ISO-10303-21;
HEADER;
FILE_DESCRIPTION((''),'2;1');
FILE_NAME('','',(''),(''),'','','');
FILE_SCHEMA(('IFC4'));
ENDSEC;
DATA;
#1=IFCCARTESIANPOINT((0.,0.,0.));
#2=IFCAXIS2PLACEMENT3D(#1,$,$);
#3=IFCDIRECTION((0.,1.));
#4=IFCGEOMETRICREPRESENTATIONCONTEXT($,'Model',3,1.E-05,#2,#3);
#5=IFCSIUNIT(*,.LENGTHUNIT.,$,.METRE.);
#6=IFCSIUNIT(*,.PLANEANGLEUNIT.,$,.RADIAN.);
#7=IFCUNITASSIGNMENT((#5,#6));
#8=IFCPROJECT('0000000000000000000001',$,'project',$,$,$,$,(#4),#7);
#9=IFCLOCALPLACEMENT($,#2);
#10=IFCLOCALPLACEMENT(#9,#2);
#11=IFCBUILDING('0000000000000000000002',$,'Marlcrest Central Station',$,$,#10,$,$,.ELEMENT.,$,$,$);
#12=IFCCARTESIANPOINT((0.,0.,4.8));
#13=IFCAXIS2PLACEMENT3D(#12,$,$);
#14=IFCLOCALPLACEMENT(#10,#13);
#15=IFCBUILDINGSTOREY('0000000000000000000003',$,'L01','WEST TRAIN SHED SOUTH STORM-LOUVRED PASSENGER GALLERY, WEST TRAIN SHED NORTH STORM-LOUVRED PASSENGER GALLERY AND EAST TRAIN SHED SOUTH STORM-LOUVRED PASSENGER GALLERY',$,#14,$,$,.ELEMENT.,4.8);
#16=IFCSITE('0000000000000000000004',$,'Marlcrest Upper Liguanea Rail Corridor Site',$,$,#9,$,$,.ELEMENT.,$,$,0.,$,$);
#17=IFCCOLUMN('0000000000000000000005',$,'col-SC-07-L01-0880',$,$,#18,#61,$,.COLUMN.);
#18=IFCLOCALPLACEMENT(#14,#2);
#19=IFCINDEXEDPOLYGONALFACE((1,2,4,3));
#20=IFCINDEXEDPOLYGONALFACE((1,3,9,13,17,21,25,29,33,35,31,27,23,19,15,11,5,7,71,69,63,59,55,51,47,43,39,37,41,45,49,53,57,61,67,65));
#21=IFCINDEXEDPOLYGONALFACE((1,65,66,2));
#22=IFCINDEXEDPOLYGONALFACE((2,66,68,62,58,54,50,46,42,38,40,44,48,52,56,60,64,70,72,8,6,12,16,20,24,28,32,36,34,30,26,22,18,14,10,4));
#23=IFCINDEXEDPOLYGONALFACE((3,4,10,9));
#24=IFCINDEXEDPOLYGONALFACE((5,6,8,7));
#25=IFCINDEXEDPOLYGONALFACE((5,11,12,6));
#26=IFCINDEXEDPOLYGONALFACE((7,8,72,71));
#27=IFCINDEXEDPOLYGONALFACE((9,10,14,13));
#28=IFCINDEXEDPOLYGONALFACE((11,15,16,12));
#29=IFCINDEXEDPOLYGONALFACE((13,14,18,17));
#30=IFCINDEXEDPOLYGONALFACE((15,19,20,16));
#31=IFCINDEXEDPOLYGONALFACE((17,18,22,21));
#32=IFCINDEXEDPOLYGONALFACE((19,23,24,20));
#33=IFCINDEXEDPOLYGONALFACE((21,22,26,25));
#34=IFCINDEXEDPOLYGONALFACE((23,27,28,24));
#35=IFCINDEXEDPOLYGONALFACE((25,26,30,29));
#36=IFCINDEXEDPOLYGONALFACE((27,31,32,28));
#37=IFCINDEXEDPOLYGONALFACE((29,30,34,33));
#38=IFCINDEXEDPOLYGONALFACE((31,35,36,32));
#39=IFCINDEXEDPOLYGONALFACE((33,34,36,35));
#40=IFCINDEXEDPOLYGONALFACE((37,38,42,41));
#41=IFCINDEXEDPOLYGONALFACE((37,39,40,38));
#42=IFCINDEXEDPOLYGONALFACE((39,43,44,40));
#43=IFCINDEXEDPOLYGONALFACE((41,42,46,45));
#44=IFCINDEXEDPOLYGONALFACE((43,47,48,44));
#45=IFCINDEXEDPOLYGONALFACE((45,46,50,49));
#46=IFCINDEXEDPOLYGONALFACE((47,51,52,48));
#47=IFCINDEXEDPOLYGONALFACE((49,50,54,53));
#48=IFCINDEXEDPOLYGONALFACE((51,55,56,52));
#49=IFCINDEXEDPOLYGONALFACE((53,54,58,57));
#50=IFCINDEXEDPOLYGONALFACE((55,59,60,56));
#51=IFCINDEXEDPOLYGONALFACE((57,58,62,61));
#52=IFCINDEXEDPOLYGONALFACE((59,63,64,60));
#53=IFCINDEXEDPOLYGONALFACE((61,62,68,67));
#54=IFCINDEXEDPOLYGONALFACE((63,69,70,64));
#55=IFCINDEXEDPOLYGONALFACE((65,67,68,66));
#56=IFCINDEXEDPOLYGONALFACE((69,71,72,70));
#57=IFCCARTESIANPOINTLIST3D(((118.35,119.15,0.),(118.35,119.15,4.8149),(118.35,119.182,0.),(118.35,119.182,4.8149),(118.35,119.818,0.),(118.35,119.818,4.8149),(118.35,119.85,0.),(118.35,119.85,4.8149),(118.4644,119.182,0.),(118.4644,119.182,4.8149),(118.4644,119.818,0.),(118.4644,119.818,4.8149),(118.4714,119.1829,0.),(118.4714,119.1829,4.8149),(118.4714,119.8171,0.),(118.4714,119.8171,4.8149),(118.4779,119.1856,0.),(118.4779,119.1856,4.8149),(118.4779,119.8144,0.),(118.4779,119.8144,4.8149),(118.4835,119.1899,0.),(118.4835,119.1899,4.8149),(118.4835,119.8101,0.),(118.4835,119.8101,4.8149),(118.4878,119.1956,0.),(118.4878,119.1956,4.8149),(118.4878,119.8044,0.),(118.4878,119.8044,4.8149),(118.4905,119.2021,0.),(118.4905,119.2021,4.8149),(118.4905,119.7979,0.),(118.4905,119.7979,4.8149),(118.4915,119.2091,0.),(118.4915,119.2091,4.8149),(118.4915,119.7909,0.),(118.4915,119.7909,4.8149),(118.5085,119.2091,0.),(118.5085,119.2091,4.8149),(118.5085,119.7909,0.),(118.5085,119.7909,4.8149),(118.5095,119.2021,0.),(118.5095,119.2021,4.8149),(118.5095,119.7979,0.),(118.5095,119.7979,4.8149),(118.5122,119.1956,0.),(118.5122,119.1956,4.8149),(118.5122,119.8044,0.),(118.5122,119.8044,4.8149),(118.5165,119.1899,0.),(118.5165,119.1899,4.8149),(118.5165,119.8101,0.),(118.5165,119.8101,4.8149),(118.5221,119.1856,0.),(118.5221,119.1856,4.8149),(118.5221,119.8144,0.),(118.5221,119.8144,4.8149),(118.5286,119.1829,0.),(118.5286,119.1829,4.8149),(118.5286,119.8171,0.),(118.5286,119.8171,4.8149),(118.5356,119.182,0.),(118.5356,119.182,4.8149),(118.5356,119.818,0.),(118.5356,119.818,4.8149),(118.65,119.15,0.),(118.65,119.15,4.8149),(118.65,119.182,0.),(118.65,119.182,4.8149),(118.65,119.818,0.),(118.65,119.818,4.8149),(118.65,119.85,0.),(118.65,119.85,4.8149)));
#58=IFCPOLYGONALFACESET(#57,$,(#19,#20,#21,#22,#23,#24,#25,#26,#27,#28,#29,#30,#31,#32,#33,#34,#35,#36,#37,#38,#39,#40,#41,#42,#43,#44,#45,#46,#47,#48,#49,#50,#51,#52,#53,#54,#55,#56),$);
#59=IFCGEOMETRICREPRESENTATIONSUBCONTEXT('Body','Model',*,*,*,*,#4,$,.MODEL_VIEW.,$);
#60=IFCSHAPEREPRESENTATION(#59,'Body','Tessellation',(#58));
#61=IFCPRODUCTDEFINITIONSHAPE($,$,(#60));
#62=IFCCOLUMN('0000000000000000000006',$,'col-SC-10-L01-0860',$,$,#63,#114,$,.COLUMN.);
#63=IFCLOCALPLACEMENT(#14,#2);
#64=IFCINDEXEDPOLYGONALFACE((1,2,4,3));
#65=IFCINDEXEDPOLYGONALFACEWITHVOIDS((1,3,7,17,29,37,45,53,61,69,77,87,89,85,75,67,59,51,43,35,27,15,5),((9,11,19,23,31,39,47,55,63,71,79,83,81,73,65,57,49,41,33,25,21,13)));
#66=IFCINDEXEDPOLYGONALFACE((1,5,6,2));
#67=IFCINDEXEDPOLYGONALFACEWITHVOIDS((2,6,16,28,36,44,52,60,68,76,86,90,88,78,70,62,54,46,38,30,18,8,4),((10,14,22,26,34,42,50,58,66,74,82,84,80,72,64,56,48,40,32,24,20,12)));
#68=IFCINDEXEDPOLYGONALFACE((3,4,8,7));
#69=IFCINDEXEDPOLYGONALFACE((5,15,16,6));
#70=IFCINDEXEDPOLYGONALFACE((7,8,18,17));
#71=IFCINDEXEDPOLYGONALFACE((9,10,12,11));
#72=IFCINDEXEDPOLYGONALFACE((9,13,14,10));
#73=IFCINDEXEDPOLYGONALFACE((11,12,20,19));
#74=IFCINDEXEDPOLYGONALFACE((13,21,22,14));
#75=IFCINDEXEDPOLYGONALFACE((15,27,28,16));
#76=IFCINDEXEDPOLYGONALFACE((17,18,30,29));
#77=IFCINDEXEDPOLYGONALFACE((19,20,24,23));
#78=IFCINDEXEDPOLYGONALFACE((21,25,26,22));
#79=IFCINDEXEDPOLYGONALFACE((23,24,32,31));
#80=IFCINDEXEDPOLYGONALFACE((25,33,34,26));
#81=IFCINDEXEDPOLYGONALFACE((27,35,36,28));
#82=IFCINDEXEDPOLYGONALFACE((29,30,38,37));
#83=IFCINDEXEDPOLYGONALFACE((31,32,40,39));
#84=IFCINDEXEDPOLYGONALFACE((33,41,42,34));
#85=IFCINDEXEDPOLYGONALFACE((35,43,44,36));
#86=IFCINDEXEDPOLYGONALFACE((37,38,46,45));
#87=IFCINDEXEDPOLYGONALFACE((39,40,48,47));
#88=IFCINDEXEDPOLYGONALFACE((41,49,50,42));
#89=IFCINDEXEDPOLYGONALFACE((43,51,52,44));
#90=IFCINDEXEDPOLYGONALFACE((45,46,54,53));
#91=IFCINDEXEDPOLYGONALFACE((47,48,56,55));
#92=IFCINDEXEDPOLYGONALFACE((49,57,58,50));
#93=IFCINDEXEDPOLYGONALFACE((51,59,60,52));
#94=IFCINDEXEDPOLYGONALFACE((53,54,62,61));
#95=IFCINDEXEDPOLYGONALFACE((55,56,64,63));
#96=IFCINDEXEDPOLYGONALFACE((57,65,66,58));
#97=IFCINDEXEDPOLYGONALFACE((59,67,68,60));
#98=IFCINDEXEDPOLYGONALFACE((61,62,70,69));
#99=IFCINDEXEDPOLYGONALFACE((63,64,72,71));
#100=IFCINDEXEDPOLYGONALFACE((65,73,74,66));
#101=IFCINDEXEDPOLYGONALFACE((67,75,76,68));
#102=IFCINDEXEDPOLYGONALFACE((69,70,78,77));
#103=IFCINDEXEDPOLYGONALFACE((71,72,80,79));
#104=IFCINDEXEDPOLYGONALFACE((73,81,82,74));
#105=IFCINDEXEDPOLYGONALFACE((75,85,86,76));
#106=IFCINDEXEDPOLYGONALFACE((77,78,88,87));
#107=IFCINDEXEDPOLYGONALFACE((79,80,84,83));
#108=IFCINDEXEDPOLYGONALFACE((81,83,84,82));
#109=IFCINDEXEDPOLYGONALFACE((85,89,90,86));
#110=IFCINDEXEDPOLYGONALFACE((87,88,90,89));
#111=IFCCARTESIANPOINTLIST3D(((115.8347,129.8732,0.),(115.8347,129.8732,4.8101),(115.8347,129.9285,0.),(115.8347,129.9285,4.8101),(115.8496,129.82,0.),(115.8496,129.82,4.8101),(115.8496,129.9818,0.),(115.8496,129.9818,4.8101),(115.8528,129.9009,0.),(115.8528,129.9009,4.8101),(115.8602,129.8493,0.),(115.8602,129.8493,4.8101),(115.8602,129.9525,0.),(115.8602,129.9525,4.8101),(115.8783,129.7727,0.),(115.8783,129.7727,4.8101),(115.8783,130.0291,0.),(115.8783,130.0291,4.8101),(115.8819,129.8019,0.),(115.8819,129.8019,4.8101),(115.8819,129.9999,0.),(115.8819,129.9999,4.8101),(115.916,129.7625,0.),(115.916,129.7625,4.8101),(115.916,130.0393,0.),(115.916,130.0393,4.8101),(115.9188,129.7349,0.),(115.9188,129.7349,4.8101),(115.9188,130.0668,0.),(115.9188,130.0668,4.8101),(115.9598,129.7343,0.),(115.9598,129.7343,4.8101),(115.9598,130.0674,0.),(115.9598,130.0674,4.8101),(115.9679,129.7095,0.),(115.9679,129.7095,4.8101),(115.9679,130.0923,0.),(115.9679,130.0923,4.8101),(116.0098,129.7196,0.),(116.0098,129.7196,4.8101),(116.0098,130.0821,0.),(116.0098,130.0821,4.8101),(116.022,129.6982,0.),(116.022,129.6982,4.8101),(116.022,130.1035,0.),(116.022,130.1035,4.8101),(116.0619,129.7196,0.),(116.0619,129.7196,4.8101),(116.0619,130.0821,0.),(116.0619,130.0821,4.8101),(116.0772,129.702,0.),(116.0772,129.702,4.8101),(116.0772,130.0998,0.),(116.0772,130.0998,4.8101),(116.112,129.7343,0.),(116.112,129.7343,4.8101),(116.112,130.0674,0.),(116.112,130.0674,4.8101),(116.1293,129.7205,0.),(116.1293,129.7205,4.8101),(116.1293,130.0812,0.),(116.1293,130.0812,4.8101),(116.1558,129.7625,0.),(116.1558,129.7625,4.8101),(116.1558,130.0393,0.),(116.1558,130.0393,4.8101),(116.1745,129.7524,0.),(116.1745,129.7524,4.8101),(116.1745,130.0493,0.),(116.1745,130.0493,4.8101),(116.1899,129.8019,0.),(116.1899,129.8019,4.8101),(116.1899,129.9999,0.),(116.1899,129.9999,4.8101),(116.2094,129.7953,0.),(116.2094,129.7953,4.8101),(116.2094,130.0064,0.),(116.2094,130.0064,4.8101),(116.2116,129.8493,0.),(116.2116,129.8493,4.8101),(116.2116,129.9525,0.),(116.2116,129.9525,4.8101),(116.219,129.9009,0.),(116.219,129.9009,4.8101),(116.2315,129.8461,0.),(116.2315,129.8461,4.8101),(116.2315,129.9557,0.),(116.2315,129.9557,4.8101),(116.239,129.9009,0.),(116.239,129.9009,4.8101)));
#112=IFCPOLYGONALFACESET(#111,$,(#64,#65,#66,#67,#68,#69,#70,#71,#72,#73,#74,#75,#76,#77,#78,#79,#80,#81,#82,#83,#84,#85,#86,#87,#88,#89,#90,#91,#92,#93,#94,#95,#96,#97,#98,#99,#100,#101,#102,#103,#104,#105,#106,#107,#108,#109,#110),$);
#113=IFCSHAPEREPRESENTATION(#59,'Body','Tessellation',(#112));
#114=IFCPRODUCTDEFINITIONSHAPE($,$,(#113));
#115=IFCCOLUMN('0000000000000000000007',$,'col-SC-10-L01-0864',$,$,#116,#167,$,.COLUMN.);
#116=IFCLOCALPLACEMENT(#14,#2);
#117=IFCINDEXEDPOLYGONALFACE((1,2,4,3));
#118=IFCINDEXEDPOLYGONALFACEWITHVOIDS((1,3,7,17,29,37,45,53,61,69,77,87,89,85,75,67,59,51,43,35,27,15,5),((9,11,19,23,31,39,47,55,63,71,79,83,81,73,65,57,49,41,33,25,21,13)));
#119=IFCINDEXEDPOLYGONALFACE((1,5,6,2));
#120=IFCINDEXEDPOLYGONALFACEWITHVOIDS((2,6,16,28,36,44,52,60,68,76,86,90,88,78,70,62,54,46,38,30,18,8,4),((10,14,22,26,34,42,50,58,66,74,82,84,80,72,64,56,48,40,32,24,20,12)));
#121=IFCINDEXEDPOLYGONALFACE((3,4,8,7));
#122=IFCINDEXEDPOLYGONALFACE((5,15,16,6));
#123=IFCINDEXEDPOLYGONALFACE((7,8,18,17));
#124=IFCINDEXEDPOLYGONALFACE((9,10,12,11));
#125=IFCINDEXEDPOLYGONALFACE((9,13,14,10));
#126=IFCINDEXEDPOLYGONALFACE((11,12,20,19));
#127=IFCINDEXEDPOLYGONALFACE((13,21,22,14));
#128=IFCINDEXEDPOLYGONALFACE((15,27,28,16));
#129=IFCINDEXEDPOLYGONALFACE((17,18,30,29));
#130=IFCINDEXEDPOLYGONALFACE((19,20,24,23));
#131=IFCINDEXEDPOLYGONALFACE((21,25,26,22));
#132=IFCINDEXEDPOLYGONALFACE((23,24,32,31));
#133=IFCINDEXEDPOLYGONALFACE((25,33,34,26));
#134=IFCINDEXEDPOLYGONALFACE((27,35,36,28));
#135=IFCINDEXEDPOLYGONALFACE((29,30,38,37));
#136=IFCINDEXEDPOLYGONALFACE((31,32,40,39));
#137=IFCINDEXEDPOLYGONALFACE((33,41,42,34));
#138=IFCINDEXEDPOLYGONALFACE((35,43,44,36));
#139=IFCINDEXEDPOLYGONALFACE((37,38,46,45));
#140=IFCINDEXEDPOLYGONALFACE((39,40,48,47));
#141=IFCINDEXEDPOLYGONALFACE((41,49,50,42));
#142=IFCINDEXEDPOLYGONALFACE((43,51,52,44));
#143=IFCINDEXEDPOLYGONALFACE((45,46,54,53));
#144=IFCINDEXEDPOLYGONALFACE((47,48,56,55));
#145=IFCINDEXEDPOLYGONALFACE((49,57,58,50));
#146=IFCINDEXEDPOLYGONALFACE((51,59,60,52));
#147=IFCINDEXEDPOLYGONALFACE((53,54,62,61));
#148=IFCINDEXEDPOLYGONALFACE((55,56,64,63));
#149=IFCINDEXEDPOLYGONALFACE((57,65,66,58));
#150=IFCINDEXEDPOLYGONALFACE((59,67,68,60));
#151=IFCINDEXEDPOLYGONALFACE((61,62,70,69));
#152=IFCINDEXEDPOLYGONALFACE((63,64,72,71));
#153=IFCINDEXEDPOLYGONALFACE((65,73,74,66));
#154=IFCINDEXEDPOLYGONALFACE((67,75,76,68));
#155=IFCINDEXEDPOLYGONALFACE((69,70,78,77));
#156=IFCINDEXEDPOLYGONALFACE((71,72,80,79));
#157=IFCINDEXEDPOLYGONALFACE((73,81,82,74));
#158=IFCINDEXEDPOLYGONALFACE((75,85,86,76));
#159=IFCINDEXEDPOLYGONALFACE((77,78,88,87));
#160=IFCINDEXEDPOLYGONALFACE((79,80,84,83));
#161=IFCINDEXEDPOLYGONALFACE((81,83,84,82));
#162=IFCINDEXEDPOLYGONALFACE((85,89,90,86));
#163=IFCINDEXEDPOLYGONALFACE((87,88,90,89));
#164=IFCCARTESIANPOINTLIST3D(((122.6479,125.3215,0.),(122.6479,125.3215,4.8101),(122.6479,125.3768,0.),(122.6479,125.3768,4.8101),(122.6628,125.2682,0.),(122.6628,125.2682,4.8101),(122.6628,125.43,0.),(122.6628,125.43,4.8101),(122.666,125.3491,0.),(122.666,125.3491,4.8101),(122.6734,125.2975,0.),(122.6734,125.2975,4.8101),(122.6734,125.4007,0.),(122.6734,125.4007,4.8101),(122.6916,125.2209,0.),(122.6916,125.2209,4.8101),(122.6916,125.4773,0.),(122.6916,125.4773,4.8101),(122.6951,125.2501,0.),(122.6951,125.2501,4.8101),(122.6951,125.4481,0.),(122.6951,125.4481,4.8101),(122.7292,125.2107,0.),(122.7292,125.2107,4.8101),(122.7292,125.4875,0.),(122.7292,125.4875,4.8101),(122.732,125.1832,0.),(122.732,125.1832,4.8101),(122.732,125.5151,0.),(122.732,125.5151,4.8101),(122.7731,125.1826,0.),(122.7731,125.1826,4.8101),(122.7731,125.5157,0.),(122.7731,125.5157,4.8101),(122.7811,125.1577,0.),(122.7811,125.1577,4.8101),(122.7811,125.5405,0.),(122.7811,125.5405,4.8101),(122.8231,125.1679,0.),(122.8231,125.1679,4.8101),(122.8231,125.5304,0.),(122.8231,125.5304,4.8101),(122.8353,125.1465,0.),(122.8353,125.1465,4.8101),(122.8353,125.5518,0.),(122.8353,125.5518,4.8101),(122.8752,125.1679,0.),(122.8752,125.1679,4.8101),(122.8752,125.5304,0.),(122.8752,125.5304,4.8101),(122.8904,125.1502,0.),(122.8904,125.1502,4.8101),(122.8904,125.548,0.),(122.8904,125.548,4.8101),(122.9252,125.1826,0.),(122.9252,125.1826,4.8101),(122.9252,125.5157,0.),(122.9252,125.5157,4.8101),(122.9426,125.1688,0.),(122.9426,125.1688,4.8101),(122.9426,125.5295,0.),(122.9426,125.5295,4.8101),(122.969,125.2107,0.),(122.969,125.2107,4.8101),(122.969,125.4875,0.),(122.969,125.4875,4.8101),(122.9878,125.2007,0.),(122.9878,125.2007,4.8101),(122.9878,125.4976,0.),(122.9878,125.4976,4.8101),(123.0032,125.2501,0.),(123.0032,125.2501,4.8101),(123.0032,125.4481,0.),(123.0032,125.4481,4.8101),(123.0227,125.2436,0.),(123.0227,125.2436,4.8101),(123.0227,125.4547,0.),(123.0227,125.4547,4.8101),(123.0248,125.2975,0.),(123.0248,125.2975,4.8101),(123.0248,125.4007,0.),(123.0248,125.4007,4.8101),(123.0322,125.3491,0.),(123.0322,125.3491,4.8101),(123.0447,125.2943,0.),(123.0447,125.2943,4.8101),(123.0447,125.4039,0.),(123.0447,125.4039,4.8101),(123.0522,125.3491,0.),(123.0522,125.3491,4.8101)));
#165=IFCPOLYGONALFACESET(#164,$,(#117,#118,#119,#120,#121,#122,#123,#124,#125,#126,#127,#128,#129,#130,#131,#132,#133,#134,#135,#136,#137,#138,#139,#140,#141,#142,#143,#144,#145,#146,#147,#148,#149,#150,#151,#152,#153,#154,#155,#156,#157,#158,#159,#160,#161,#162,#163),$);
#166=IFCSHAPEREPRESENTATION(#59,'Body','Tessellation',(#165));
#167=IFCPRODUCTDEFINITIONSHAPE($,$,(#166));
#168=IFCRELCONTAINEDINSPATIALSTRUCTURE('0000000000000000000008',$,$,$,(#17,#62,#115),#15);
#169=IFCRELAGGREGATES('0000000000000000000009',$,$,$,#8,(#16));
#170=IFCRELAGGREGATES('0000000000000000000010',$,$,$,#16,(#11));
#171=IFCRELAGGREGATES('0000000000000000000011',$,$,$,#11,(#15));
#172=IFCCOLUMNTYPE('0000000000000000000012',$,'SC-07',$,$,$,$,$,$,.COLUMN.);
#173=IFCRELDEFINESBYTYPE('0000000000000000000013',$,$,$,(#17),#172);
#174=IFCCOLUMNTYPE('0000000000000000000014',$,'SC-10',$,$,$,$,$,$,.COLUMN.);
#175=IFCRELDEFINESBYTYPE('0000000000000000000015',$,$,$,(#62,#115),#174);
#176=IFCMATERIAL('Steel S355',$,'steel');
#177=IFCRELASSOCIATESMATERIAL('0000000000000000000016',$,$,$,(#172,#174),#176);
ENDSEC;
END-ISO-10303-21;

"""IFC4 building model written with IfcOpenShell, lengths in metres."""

from ifc_helpers import new_model, si_unit, direction, frame, origin, origin_2d, place, context, subcontext, project, spatial, hollow_circle, i_section, extrude, material, material_profile, profile_set, type_object, element, save


model = new_model("IFC4")

# Units and contexts
model_context = context("Model", 3, precision=1e-05, world=origin(), true_north=direction((0.0, 1.0)))
body_context = subcontext(model_context, "Body", "Model", "MODEL_VIEW")
ifc_project = project(units=[si_unit("LENGTHUNIT", "METRE"), si_unit("PLANEANGLEUNIT", "RADIAN")], contexts=[model_context])

# Site, building, storey
site_placement = place(None, origin())
site = spatial("IfcSite", under=ifc_project, at=site_placement, Name="Marlcrest Upper Liguanea Rail Corridor Site", CompositionType="ELEMENT", RefElevation=0.0)
building_placement = place(site_placement, origin())
building = spatial("IfcBuilding", under=site, at=building_placement, Name="Marlcrest Central Station", CompositionType="ELEMENT")
storey_placement = place(building_placement, frame((0.0, 0.0, 4.8)))
storey = spatial("IfcBuildingStorey", under=building, at=storey_placement, Name="L01", Description="WEST TRAIN SHED SOUTH STORM-LOUVRED PASSENGER GALLERY, WEST TRAIN SHED NORTH STORM-LOUVRED PASSENGER GALLERY AND EAST TRAIN SHED SOUTH STORM-LOUVRED PASSENGER GALLERY", CompositionType="ELEMENT", Elevation=4.8)

# Columns
ifc_material_1 = material(Name="Steel S355", Category="steel")
ifc_material_profile_1 = material_profile(ifc_material_1, i_section(OverallWidth=0.3, OverallDepth=0.7, WebThickness=0.0171, FlangeThickness=0.032, FilletRadius=0.0271, at=origin_2d()), Name="HEB 700")
ifc_profile_set_1 = profile_set([ifc_material_profile_1], Name="Steel S355")
column_type_1 = type_object("IfcColumnType", Name="SC-07", PredefinedType="COLUMN", material=ifc_profile_set_1)
column_1_placement = place(storey_placement, frame((118.5, 119.5, 0.0), z_axis=(0.0, 0.0, 1.0), x_axis=(1.0, 0.0, 0.0)))
element("IfcColumn", 1, at=column_1_placement, inside=storey, type_object=column_type_1, Name="col-SC-07-L01-0880", PredefinedType="COLUMN", context=body_context, shape_type="SweptSolid", body=[
    extrude(i_section(OverallWidth=0.3, OverallDepth=0.7, WebThickness=0.0171, FlangeThickness=0.032, FilletRadius=0.0271, at=origin_2d()), origin(), (0.0, 0.0, 1.0), 4.8149),
])
ifc_material_profile_2 = material_profile(ifc_material_1, hollow_circle(Radius=0.2031, WallThickness=0.02, at=origin_2d()), Name="CHS 406.4x20")
ifc_profile_set_2 = profile_set([ifc_material_profile_2], Name="Steel S355")
column_type_2 = type_object("IfcColumnType", Name="SC-10", PredefinedType="COLUMN", material=ifc_profile_set_2)
for number, where, z_axis, x_axis, name in (
    (2, (116.0359, 129.9009, 0.0), (0.0, 0.0, 1.0), (1.0, 0.0, 0.0), "col-SC-10-L01-0860"),
    (3, (122.8491, 125.3491, 0.0), (0.0, 0.0, 1.0), (1.0, 0.0, 0.0), "col-SC-10-L01-0864"),
):
    element("IfcColumn", number, at=place(storey_placement, frame(where, z_axis=z_axis, x_axis=x_axis)), inside=storey, type_object=column_type_2, Name=name, PredefinedType="COLUMN", context=body_context, shape_type="SweptSolid", body=[
        extrude(hollow_circle(Radius=0.2031, WallThickness=0.02, at=origin_2d()), origin(), (0.0, 0.0, 1.0), 4.8101),
    ])

save(model, "model.ifc")
